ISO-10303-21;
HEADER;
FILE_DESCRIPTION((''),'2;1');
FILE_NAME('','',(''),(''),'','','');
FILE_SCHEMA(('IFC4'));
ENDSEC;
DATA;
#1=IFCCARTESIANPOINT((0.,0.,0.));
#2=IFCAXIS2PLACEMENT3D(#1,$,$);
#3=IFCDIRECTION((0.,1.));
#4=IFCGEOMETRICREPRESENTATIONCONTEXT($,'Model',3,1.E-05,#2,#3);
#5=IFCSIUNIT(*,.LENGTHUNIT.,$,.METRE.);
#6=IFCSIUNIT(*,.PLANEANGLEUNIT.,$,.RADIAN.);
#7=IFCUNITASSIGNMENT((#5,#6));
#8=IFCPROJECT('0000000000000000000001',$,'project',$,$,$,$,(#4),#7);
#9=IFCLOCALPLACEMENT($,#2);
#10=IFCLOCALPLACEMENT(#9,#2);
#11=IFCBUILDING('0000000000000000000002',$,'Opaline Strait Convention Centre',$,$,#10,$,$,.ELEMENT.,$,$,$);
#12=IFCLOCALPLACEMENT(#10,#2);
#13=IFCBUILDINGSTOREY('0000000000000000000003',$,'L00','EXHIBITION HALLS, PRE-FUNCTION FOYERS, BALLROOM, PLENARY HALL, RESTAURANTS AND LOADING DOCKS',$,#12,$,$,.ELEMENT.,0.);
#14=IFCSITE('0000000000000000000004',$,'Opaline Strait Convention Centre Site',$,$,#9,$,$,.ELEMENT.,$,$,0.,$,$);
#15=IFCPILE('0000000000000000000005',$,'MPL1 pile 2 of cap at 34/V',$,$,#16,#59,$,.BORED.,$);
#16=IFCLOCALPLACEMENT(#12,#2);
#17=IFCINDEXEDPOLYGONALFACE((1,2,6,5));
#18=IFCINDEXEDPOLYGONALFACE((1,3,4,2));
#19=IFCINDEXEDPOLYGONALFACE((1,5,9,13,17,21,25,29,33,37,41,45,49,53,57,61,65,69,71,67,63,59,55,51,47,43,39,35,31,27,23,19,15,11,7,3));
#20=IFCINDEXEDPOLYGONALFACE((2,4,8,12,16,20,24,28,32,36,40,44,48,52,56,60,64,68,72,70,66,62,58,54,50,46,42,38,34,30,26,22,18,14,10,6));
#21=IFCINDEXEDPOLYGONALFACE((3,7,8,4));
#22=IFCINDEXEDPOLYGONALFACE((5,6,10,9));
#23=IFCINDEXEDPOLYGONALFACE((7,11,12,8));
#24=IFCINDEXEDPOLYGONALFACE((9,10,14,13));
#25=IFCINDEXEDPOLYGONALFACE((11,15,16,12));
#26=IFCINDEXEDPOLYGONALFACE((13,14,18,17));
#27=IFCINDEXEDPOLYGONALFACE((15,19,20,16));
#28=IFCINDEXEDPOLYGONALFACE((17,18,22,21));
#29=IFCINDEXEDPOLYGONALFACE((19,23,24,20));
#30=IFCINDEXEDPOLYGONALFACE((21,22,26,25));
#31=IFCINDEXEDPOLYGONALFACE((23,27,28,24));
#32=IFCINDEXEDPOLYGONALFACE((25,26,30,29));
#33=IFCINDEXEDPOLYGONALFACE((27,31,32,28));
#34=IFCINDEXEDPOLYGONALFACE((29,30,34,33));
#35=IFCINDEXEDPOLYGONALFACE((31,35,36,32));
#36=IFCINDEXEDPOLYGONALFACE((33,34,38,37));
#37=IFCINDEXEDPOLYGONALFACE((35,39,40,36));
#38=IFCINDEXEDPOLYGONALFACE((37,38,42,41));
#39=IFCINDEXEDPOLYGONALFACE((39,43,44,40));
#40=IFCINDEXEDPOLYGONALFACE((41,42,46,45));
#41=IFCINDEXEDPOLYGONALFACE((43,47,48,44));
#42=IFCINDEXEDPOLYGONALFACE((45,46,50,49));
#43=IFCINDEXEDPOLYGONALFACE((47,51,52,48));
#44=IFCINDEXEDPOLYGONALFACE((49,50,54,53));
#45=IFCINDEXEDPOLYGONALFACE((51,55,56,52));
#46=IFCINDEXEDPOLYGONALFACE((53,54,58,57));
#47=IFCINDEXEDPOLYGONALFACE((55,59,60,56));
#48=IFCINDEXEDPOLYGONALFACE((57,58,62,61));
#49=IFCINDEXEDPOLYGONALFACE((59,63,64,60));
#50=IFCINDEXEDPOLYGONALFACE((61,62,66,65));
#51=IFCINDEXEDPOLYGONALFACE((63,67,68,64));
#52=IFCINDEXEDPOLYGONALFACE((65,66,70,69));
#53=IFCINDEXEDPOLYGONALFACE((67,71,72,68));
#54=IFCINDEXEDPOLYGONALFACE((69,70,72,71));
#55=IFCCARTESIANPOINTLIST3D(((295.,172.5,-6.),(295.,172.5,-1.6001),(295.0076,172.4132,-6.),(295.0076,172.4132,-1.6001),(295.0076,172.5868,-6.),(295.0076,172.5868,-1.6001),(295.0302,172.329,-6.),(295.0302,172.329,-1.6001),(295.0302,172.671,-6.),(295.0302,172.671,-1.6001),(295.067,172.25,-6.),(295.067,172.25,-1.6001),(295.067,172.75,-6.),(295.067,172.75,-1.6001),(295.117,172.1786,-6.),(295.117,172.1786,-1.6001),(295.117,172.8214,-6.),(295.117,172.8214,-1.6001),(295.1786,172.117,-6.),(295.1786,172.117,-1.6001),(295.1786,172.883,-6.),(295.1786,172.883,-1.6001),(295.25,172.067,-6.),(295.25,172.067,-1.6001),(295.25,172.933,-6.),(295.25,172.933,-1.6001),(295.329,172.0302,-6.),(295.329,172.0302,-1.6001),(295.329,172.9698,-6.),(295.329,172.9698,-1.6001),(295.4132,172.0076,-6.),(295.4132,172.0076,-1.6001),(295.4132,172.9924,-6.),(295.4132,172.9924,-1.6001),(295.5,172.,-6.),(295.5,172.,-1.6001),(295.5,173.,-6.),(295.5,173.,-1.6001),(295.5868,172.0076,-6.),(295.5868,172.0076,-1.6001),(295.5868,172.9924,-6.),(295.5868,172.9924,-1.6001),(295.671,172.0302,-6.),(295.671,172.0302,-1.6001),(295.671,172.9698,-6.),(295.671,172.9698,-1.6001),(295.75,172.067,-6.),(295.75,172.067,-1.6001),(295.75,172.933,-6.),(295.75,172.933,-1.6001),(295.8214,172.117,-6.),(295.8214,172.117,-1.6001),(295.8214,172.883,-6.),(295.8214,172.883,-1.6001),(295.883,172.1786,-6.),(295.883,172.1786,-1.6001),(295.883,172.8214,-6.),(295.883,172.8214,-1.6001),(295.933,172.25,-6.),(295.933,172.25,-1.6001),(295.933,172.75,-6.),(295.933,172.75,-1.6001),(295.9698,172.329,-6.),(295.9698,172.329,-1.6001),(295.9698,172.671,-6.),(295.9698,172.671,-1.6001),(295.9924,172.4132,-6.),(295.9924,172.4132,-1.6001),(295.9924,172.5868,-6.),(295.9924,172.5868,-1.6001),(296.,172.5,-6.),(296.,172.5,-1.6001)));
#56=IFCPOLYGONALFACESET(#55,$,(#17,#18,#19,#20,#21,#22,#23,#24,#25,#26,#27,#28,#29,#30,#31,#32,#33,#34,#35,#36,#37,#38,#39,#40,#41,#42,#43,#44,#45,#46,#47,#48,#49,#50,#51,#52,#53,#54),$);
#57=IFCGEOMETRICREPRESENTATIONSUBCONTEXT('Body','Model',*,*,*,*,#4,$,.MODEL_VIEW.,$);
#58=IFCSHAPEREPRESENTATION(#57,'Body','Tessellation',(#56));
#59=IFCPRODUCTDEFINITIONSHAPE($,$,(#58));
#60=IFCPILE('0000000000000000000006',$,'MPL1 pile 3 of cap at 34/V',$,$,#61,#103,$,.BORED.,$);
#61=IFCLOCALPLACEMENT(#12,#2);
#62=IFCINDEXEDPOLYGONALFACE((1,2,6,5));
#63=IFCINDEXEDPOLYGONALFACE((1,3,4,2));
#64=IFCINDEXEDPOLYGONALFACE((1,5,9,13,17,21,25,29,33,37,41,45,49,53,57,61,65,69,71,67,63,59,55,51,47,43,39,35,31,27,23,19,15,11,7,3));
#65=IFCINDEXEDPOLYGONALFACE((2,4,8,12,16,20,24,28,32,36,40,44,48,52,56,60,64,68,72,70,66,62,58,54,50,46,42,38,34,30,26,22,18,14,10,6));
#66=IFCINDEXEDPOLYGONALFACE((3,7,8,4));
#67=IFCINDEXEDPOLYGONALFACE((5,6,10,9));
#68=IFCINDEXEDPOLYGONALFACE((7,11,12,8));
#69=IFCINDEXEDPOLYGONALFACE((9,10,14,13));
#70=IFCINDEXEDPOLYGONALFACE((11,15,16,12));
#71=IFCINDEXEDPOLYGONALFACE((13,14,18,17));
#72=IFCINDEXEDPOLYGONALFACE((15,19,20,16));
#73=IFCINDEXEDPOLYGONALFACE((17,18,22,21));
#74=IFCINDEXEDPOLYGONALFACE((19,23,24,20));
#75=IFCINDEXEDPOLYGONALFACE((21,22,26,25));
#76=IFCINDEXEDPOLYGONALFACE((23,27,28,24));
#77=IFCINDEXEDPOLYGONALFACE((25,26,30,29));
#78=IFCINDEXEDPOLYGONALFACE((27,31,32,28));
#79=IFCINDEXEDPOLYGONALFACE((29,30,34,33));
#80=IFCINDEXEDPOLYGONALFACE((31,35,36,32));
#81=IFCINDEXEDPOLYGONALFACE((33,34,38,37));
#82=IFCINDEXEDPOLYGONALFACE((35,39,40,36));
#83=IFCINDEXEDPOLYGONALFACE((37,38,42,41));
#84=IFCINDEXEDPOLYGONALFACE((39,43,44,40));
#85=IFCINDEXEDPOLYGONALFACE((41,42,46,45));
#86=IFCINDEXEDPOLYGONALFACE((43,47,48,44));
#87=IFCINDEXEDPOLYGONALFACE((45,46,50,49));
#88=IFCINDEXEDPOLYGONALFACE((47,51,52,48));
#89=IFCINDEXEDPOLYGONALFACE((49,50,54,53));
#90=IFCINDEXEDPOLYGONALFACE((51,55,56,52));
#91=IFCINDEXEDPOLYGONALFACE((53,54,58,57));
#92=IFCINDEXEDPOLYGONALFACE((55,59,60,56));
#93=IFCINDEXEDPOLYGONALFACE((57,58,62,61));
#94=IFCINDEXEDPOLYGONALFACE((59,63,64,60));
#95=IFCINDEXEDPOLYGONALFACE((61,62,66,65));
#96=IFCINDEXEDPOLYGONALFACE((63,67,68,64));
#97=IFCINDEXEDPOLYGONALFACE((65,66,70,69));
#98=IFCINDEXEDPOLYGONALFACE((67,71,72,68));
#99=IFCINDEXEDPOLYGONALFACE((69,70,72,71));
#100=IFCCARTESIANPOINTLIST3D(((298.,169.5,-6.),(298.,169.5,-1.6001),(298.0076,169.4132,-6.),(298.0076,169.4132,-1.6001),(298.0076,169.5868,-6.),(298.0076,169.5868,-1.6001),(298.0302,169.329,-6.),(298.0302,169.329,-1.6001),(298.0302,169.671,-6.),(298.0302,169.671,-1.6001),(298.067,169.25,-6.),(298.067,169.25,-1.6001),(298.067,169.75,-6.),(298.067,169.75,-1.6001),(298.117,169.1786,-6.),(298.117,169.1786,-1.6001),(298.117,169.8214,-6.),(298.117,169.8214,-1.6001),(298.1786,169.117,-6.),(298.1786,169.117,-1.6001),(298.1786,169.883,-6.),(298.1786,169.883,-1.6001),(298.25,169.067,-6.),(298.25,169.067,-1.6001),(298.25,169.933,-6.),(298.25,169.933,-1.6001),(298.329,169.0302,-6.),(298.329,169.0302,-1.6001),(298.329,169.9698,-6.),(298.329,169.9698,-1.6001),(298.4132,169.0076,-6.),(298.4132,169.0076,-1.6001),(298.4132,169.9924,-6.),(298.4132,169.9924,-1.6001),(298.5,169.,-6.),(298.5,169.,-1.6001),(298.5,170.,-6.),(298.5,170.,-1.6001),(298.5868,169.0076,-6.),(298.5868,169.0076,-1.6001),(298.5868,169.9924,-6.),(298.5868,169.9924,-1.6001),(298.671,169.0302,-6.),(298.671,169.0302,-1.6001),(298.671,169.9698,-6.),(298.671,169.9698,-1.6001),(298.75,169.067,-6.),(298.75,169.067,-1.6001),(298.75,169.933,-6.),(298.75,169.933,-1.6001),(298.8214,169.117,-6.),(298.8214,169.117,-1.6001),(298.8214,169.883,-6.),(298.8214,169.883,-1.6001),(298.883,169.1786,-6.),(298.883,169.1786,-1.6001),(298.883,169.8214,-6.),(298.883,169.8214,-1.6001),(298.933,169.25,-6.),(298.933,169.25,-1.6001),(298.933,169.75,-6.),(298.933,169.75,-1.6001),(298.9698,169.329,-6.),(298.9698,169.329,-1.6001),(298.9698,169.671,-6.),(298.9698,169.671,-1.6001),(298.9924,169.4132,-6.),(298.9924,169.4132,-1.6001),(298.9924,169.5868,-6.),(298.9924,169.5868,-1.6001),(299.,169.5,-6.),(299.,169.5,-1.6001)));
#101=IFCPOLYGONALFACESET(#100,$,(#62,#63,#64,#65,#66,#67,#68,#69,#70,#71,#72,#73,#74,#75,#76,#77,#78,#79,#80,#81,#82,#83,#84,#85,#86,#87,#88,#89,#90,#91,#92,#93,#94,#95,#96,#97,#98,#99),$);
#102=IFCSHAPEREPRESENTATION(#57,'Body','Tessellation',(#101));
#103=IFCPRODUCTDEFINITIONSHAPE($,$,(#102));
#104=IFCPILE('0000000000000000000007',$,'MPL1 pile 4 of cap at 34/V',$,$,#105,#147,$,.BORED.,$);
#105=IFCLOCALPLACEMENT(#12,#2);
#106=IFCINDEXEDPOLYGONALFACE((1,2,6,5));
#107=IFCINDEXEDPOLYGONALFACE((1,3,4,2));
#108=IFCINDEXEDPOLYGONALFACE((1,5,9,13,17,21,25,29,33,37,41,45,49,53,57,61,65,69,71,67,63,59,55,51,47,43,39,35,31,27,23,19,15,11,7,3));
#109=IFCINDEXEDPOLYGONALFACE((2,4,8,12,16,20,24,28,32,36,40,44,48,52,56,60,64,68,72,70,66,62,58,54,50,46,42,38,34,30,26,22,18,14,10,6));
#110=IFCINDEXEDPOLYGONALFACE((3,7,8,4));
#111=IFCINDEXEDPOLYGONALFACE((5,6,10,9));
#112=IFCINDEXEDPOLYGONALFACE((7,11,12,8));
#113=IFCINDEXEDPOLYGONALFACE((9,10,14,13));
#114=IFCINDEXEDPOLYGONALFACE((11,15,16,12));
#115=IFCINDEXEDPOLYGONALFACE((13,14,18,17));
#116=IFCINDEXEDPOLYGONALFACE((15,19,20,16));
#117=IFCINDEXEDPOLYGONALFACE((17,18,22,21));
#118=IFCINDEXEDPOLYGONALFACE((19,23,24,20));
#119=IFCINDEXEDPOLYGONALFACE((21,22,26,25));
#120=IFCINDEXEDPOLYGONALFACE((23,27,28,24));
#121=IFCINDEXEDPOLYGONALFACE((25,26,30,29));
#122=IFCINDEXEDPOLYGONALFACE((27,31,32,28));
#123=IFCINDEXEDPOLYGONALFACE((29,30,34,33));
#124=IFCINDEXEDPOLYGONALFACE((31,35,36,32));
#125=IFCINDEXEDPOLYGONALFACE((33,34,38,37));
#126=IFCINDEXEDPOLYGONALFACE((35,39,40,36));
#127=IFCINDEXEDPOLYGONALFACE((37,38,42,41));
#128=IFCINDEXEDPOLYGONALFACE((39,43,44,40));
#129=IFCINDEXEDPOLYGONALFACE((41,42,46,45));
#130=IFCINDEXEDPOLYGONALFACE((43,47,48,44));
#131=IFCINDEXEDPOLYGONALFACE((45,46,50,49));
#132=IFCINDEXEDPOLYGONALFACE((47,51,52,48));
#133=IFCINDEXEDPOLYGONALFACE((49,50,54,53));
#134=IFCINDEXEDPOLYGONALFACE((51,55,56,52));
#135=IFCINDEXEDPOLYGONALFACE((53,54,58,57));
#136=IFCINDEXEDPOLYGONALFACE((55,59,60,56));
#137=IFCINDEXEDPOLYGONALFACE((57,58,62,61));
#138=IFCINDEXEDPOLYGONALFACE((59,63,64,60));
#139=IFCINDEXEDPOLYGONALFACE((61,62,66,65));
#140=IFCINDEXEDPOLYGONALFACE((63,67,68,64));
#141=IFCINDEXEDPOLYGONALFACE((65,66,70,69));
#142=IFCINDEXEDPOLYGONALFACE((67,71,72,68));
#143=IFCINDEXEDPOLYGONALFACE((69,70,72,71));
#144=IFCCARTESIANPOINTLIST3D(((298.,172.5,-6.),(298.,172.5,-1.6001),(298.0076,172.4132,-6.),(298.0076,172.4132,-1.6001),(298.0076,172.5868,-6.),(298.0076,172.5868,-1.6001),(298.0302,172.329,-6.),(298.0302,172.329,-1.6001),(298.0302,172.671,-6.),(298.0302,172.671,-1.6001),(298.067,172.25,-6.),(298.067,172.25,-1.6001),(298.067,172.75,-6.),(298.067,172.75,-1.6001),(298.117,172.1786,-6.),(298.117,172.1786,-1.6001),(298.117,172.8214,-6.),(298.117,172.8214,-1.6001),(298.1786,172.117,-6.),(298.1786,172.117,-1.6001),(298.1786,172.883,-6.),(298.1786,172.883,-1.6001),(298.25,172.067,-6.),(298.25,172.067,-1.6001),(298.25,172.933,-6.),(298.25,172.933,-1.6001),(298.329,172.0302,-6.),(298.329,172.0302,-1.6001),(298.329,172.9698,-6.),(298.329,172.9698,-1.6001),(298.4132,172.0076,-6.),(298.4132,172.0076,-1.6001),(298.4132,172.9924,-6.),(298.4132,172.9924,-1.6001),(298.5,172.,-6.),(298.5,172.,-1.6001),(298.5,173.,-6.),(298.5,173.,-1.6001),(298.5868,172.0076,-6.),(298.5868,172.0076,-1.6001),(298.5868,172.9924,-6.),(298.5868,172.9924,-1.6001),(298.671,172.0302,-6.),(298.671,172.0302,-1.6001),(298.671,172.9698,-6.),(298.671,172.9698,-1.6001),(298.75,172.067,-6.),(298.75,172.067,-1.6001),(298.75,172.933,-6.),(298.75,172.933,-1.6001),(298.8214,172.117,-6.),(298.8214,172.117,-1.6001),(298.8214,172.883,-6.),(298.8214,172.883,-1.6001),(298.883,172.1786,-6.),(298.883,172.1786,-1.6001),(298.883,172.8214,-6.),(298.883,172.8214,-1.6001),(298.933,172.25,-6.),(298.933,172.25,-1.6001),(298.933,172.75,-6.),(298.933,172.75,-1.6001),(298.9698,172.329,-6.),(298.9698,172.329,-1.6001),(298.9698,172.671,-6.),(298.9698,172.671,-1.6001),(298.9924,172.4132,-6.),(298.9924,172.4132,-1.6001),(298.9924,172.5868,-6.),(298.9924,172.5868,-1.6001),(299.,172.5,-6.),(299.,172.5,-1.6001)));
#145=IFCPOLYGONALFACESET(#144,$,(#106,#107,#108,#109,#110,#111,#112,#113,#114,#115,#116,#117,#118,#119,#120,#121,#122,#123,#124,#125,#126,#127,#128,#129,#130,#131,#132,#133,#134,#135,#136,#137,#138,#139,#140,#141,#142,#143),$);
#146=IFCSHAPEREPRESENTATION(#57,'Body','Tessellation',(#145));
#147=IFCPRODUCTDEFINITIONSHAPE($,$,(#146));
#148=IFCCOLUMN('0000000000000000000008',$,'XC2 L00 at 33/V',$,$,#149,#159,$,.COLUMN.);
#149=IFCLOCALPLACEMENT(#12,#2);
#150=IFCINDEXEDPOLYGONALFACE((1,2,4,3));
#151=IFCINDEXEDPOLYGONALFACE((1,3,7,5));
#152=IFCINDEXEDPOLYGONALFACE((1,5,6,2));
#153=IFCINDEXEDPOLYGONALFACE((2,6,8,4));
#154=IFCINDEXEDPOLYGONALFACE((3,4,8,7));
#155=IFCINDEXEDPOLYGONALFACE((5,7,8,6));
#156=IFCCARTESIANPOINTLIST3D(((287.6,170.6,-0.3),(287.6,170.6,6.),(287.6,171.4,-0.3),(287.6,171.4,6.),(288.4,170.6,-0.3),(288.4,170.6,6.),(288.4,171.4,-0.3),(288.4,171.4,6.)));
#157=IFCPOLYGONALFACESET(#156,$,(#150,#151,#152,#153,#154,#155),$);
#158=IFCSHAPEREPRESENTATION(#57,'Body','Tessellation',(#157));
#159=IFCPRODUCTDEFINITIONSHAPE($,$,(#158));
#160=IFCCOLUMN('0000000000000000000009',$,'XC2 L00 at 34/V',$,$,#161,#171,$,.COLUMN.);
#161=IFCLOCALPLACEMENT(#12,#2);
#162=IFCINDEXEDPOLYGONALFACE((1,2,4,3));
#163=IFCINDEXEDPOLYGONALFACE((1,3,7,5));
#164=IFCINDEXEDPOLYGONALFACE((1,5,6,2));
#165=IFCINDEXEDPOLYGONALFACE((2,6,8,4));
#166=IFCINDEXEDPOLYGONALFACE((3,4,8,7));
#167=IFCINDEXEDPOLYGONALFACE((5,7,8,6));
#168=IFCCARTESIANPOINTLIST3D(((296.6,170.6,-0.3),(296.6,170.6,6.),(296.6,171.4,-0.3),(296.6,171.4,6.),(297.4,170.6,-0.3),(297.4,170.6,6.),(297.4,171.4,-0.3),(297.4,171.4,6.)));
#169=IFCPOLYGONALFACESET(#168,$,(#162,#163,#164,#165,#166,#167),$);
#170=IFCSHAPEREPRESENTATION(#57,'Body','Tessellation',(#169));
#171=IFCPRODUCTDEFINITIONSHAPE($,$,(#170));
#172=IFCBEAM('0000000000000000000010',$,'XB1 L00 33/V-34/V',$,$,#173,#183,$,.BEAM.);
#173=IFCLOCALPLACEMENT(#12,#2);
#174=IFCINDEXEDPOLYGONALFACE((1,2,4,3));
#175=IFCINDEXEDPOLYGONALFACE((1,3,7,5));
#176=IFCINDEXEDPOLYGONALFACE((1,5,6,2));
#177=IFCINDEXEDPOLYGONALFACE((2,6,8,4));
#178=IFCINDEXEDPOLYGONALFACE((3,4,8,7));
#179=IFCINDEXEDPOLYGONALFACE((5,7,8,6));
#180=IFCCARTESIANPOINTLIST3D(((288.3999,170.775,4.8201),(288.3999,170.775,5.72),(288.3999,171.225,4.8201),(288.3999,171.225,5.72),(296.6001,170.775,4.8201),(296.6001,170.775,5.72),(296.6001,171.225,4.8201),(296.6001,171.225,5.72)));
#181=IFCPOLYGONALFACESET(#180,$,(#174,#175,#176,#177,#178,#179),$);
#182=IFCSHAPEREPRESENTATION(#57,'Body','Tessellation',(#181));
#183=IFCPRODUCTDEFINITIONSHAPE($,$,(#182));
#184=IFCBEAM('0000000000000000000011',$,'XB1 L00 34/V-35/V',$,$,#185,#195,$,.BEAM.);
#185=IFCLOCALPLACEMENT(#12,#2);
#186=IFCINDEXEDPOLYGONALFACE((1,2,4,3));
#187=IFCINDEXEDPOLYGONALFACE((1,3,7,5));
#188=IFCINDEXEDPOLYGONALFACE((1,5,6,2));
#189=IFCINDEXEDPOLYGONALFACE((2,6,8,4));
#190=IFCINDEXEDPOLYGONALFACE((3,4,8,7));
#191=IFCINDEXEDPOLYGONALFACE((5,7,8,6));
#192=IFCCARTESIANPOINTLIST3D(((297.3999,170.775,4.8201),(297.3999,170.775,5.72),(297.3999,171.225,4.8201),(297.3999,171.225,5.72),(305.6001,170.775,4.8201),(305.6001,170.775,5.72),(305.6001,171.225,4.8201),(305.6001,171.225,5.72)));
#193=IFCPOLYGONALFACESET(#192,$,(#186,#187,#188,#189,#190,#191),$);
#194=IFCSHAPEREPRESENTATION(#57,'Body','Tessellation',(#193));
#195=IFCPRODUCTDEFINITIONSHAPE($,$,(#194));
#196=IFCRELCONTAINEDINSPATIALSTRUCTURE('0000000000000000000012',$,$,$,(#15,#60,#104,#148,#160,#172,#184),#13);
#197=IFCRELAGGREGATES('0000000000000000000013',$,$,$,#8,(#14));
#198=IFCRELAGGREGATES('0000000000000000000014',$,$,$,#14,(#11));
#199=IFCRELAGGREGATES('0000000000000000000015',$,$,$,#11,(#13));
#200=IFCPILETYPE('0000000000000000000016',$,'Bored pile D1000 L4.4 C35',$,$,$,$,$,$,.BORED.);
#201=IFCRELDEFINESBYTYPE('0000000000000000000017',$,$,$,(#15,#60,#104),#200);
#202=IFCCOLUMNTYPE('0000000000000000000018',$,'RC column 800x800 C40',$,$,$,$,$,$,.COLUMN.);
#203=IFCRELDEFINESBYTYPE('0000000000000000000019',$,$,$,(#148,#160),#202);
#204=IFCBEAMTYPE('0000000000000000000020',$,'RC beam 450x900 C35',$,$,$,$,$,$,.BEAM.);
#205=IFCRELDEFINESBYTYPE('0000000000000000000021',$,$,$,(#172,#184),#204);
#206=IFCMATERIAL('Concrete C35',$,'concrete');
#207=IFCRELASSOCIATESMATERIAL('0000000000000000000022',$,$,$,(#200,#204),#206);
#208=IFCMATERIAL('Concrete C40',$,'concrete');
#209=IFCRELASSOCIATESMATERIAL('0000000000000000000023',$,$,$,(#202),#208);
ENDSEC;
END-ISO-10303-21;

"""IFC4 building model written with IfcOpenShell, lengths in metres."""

from ifc_helpers import new_model, si_unit, direction, frame, origin, origin_2d, place, context, subcontext, project, spatial, rectangle, circle, extrude, material, material_profile, profile_set, type_object, element, save


model = new_model("IFC4")

# Units and contexts
model_context = context("Model", 3, precision=1e-05, world=origin(), true_north=direction((0.0, 1.0)))
body_context = subcontext(model_context, "Body", "Model", "MODEL_VIEW")
ifc_project = project(units=[si_unit("LENGTHUNIT", "METRE"), si_unit("PLANEANGLEUNIT", "RADIAN")], contexts=[model_context])

# Site, building, storey
site_placement = place(None, origin())
site = spatial("IfcSite", under=ifc_project, at=site_placement, Name="Opaline Strait Convention Centre Site", CompositionType="ELEMENT", RefElevation=0.0)
building_placement = place(site_placement, origin())
building = spatial("IfcBuilding", under=site, at=building_placement, Name="Opaline Strait Convention Centre", CompositionType="ELEMENT")
storey_placement = place(building_placement, origin())
storey = spatial("IfcBuildingStorey", under=building, at=storey_placement, Name="L00", Description="EXHIBITION HALLS, PRE-FUNCTION FOYERS, BALLROOM, PLENARY HALL, RESTAURANTS AND LOADING DOCKS", CompositionType="ELEMENT", Elevation=0.0)

# Piles
ifc_material_1 = material(Name="Concrete C35", Category="concrete")
ifc_material_profile_1 = material_profile(ifc_material_1, circle(Radius=0.5, at=origin_2d()), Name="D1000")
ifc_profile_set_1 = profile_set([ifc_material_profile_1], Name="Concrete C35")
pile_type = type_object("IfcPileType", Name="Bored pile D1000 L4.4 C35", PredefinedType="BORED", material=ifc_profile_set_1)
for number, where, z_axis, x_axis, name in (
    (1, (295.5, 172.5, -1.6001), (0.0, 0.0, -1.0), (1.0, 0.0, 0.0), "MPL1 pile 2 of cap at 34/V"),
    (2, (298.5, 169.5, -1.6001), (0.0, 0.0, -1.0), (1.0, 0.0, 0.0), "MPL1 pile 3 of cap at 34/V"),
    (3, (298.5, 172.5, -1.6001), (0.0, 0.0, -1.0), (1.0, 0.0, 0.0), "MPL1 pile 4 of cap at 34/V"),
):
    element("IfcPile", number, at=place(storey_placement, frame(where, z_axis=z_axis, x_axis=x_axis)), inside=storey, type_object=pile_type, Name=name, PredefinedType="BORED", context=body_context, shape_type="SweptSolid", body=[
        extrude(circle(Radius=0.5, at=origin_2d()), origin(), (0.0, 0.0, 1.0), 4.3999),
    ])

# Columns
ifc_material_2 = material(Name="Concrete C40", Category="concrete")
ifc_material_profile_2 = material_profile(ifc_material_2, rectangle(XDim=0.8, YDim=0.8, at=origin_2d()), Name="RC 800x800")
ifc_profile_set_2 = profile_set([ifc_material_profile_2], Name="Concrete C40")
column_type = type_object("IfcColumnType", Name="RC column 800x800 C40", PredefinedType="COLUMN", material=ifc_profile_set_2)
for number, where, z_axis, x_axis, name in (
    (4, (288.0, 171.0, -0.3), (0.0, 0.0, 1.0), (1.0, 0.0, 0.0), "XC2 L00 at 33/V"),
    (5, (297.0, 171.0, -0.3), (0.0, 0.0, 1.0), (1.0, 0.0, 0.0), "XC2 L00 at 34/V"),
):
    element("IfcColumn", number, at=place(storey_placement, frame(where, z_axis=z_axis, x_axis=x_axis)), inside=storey, type_object=column_type, Name=name, PredefinedType="COLUMN", context=body_context, shape_type="SweptSolid", body=[
        extrude(rectangle(XDim=0.8, YDim=0.8, at=origin_2d()), origin(), (0.0, 0.0, 1.0), 6.3),
    ])

# Beams
ifc_material_profile_3 = material_profile(ifc_material_1, rectangle(XDim=0.45, YDim=0.8999, at=origin_2d()), Name="RC 450x900")
ifc_profile_set_3 = profile_set([ifc_material_profile_3], Name="Concrete C35")
beam_type = type_object("IfcBeamType", Name="RC beam 450x900 C35", PredefinedType="BEAM", material=ifc_profile_set_3)
for number, where, z_axis, x_axis, name in (
    (6, (288.3999, 171.0, 5.27), (1.0, 0.0, 0.0), (0.0, 1.0, 0.0), "XB1 L00 33/V-34/V"),
    (7, (297.3999, 171.0, 5.27), (1.0, 0.0, 0.0), (0.0, 1.0, 0.0), "XB1 L00 34/V-35/V"),
):
    element("IfcBeam", number, at=place(storey_placement, frame(where, z_axis=z_axis, x_axis=x_axis)), inside=storey, type_object=beam_type, Name=name, PredefinedType="BEAM", context=body_context, shape_type="SweptSolid", body=[
        extrude(rectangle(XDim=0.45, YDim=0.8999, at=origin_2d()), origin(), (0.0, 0.0, 1.0), 8.2002),
    ])

save(model, "model.ifc")
